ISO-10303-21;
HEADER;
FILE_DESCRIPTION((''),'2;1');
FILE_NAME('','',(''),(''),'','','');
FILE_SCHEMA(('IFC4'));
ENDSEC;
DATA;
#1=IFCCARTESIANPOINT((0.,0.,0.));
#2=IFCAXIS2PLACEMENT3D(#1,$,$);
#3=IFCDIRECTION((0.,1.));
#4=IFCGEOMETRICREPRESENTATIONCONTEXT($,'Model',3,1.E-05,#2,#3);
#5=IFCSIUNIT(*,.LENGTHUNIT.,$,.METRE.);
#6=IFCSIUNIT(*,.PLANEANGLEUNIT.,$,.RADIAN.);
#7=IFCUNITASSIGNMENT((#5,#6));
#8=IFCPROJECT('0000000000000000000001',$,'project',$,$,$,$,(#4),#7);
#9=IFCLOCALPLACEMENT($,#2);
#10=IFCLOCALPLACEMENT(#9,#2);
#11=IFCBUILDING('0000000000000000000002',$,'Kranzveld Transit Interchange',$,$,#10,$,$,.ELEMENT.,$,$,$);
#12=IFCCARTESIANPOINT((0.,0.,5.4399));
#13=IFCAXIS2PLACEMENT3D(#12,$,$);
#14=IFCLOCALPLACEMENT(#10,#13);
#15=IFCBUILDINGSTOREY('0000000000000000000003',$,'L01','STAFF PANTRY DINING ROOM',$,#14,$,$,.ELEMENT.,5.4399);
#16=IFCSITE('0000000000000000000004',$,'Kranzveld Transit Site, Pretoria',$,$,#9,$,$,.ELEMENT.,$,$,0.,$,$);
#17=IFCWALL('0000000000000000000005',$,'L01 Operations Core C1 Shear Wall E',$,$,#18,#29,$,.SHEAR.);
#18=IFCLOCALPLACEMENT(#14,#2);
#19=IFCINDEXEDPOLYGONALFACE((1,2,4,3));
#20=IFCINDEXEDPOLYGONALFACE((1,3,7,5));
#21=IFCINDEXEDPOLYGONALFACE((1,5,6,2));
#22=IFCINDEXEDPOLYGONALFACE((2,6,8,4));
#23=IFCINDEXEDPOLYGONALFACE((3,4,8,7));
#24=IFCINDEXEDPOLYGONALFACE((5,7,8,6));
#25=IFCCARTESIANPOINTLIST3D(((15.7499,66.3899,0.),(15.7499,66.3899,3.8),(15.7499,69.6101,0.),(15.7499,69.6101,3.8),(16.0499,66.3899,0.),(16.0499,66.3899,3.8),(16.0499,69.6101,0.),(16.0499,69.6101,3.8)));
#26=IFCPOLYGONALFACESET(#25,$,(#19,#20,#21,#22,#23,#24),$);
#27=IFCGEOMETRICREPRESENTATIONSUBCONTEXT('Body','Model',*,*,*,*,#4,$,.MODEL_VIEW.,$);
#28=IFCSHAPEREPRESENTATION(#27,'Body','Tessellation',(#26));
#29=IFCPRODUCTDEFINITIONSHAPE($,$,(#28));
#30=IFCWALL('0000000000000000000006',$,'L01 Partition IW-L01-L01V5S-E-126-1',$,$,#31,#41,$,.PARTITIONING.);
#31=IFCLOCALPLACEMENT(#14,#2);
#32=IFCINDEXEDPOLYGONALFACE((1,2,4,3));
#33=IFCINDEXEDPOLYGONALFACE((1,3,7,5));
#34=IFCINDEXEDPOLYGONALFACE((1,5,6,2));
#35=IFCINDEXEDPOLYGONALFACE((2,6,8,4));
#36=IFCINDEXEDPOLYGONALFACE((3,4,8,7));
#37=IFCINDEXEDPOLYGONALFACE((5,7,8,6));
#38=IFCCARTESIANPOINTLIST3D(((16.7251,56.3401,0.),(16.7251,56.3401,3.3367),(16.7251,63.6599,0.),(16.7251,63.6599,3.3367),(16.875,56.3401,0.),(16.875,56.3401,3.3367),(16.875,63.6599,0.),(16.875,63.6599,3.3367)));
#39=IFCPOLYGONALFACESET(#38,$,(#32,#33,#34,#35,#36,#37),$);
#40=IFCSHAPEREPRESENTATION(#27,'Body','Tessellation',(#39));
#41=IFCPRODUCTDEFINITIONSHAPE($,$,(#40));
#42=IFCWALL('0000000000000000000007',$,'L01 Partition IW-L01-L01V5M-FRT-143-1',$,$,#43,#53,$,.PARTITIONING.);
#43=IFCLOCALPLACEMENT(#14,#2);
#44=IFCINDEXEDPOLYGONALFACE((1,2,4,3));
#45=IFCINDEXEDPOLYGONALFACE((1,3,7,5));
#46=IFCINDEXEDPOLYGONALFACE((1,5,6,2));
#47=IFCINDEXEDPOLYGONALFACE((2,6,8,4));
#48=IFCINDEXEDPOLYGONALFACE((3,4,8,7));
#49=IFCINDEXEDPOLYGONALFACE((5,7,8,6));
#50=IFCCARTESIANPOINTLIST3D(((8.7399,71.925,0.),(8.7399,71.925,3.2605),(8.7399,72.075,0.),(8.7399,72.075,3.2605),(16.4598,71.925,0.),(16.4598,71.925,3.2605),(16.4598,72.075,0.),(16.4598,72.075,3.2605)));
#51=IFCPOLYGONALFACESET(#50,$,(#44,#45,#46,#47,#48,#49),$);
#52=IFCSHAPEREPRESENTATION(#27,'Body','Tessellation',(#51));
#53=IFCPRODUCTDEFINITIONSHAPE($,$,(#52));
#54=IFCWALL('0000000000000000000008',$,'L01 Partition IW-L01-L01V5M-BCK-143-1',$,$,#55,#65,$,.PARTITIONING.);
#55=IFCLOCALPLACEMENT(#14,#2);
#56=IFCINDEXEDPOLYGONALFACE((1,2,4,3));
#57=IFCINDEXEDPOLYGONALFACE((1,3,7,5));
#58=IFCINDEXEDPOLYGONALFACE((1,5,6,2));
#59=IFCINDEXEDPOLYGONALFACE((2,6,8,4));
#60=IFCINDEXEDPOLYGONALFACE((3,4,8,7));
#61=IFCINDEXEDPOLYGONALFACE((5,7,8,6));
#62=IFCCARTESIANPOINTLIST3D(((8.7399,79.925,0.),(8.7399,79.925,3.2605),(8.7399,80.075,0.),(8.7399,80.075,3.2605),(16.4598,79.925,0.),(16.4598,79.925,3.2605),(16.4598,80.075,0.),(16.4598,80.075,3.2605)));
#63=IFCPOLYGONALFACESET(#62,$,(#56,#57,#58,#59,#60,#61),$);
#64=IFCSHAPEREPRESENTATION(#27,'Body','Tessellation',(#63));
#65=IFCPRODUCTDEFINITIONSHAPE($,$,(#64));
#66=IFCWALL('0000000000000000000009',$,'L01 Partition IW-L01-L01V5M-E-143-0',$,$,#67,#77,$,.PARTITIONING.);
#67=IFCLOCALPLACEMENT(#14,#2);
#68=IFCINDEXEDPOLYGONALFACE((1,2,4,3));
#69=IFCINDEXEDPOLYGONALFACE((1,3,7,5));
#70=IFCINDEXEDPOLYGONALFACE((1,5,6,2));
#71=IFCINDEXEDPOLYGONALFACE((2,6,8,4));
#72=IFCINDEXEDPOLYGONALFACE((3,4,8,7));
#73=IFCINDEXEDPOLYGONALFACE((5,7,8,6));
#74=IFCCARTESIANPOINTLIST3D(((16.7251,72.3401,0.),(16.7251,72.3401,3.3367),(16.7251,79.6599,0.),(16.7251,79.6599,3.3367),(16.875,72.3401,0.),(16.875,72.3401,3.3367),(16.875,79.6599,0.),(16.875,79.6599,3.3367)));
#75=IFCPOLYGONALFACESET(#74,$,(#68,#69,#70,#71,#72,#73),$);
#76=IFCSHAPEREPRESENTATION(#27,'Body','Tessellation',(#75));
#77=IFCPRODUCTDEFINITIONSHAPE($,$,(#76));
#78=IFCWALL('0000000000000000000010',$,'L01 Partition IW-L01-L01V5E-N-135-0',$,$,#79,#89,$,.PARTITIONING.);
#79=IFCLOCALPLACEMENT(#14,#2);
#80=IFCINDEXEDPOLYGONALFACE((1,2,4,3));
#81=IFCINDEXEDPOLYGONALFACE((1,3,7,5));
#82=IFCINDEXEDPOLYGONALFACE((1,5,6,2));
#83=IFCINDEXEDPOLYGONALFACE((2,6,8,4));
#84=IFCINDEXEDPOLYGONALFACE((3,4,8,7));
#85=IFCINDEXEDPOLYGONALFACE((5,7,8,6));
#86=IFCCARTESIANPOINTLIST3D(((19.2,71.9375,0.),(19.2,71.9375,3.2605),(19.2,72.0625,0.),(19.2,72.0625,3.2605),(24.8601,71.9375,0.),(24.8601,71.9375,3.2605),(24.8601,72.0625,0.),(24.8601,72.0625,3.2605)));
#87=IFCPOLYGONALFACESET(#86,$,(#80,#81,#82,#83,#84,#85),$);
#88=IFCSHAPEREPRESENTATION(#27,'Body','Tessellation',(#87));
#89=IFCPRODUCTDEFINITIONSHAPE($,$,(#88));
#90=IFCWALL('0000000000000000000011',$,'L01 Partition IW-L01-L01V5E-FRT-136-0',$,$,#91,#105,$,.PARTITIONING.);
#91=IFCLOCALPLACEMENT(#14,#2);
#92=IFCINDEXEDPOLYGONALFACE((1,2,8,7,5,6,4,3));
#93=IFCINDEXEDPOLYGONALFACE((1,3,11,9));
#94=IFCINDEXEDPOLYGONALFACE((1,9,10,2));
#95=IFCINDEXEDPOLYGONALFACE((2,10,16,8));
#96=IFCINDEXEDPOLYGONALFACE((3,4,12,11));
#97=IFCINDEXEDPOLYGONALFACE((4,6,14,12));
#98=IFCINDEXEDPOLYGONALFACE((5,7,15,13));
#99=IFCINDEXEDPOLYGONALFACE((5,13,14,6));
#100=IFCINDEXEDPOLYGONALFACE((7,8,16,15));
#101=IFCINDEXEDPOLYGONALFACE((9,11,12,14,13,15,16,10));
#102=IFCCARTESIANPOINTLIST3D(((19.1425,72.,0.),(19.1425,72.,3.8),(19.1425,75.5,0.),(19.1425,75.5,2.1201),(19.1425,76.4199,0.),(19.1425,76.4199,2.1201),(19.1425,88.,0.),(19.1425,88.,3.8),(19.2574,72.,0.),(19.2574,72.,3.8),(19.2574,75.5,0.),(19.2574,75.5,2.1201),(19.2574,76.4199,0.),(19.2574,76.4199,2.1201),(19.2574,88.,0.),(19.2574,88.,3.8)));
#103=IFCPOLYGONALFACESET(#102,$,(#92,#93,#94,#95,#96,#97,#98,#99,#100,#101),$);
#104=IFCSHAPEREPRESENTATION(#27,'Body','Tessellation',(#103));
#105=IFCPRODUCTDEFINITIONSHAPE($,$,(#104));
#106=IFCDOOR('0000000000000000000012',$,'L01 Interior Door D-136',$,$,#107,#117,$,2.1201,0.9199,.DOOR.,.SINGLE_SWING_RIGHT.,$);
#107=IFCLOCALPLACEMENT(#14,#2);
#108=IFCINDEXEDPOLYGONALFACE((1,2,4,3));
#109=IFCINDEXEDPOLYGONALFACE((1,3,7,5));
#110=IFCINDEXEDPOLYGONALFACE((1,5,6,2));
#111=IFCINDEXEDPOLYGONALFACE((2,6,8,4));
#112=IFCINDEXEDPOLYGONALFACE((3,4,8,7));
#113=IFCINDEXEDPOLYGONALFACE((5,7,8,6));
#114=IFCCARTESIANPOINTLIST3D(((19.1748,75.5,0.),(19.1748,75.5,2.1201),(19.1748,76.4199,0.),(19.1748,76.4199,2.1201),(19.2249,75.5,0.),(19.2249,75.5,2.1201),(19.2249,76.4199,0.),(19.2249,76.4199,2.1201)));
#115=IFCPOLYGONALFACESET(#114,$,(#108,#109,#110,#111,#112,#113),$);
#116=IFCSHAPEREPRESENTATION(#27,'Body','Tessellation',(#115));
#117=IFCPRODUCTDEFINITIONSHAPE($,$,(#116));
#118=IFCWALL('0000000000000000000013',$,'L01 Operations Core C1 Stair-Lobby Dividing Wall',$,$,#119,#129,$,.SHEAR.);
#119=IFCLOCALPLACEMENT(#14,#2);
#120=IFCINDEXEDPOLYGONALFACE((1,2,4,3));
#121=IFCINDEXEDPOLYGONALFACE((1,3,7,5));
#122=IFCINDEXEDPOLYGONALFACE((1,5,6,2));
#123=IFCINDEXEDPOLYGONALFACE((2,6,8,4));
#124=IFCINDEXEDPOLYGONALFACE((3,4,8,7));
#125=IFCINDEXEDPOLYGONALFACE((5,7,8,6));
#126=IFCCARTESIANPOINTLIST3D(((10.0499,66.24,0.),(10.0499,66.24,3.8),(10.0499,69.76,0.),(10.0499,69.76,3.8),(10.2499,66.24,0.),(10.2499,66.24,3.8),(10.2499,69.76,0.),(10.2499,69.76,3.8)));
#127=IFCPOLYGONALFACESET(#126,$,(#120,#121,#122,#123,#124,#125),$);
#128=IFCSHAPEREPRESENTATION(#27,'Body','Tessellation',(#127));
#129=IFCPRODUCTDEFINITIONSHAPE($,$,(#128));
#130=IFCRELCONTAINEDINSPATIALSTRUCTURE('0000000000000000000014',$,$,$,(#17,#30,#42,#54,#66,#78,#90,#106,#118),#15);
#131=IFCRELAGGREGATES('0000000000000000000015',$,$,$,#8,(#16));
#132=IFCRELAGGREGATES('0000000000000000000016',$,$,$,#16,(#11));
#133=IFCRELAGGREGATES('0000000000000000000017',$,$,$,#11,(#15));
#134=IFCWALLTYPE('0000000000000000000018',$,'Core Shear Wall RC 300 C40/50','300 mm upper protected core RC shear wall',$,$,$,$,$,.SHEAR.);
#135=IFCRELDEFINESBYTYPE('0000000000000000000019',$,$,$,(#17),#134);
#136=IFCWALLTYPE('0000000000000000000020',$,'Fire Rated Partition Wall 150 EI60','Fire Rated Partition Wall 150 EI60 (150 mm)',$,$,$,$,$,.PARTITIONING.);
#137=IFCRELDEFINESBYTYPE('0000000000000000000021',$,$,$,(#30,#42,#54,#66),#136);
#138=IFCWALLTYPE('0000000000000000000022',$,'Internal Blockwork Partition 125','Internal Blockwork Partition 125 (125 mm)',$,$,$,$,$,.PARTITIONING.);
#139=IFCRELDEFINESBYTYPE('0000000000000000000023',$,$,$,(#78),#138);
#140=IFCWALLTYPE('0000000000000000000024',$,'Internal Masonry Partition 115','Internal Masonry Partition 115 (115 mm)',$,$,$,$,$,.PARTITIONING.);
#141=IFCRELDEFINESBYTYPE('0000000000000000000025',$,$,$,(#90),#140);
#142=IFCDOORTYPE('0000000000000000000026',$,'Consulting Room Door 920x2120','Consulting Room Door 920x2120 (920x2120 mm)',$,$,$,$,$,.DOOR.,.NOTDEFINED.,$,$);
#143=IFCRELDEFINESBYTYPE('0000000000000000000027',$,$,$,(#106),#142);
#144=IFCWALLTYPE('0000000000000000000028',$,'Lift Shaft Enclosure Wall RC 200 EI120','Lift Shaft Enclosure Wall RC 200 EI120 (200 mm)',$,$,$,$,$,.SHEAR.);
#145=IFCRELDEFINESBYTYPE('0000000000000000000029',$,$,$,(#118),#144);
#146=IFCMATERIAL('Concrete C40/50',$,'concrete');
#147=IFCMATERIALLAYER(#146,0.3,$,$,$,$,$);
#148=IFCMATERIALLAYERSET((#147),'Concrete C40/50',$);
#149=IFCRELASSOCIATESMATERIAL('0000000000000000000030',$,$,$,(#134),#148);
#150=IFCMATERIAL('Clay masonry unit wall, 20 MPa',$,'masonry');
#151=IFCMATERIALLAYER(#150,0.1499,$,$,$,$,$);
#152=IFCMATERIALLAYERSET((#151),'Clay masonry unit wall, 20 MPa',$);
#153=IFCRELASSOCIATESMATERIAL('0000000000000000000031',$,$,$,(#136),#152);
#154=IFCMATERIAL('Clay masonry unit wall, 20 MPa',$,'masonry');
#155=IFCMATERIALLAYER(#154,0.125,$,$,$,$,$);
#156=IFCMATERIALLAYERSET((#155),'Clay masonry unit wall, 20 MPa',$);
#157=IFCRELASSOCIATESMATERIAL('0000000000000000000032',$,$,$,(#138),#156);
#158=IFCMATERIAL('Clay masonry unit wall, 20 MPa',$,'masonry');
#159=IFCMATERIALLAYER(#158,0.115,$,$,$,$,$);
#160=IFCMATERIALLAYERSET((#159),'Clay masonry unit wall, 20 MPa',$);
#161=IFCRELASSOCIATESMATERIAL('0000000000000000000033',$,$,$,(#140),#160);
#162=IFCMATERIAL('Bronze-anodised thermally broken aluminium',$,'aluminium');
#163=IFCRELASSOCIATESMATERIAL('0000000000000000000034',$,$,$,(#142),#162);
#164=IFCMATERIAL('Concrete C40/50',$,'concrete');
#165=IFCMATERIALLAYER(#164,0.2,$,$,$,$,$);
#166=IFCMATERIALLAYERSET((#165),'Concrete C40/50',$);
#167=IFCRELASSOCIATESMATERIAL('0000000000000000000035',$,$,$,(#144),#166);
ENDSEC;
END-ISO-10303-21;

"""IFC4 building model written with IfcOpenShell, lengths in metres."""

from ifc_helpers import new_model, si_unit, direction, frame, frame_2d, origin, place, context, subcontext, project, spatial, rectangle, extrude, material, layer, layer_set, type_object, element, fill, save


model = new_model("IFC4")

# Units and contexts
model_context = context("Model", 3, precision=1e-05, world=origin(), true_north=direction((0.0, 1.0)))
body_context = subcontext(model_context, "Body", "Model", "MODEL_VIEW")
ifc_project = project(units=[si_unit("LENGTHUNIT", "METRE"), si_unit("PLANEANGLEUNIT", "RADIAN")], contexts=[model_context])

# Site, building, storey
site_placement = place(None, origin())
site = spatial("IfcSite", under=ifc_project, at=site_placement, Name="Kranzveld Transit Site, Pretoria", CompositionType="ELEMENT", RefElevation=0.0)
building_placement = place(site_placement, origin())
building = spatial("IfcBuilding", under=site, at=building_placement, Name="Kranzveld Transit Interchange", CompositionType="ELEMENT")
storey_placement = place(building_placement, frame((0.0, 0.0, 5.4399)))
storey = spatial("IfcBuildingStorey", under=building, at=storey_placement, Name="L01", Description="STAFF PANTRY DINING ROOM", CompositionType="ELEMENT", Elevation=5.4399)

# Walls
ifc_material_1 = material(Name="Concrete C40/50", Category="concrete")
ifc_layer_1 = layer(ifc_material_1, 0.3)
ifc_layer_set_1 = layer_set([ifc_layer_1], Name="Concrete C40/50")
wall_type_1 = type_object("IfcWallType", Name="Core Shear Wall RC 300 C40/50", Description="300 mm upper protected core RC shear wall", PredefinedType="SHEAR", material=ifc_layer_set_1)
wall_1_placement = place(storey_placement, frame((15.8999, 66.3899, 0.0), z_axis=(0.0, 0.0, 1.0), x_axis=(0.0, 1.0, 0.0)))
element("IfcWall", 1, at=wall_1_placement, inside=storey, type_object=wall_type_1, Name="L01 Operations Core C1 Shear Wall E", PredefinedType="SHEAR", context=body_context, shape_type="SweptSolid", body=[
    extrude(rectangle(XDim=3.2202, YDim=0.3, at=frame_2d((1.6101, 0.0))), origin(), (0.0, 0.0, 1.0), 3.8),
])
ifc_material_2 = material(Name="Clay masonry unit wall, 20 MPa", Category="masonry")
ifc_layer_2 = layer(ifc_material_2, 0.1499)
ifc_layer_set_2 = layer_set([ifc_layer_2], Name="Clay masonry unit wall, 20 MPa")
wall_type_2 = type_object("IfcWallType", Name="Fire Rated Partition Wall 150 EI60", Description="Fire Rated Partition Wall 150 EI60 (150 mm)", PredefinedType="PARTITIONING", material=ifc_layer_set_2)
wall_2_placement = place(storey_placement, frame((16.8, 56.3401, 0.0), z_axis=(0.0, 0.0, 1.0), x_axis=(0.0, 1.0, 0.0)))
element("IfcWall", 2, at=wall_2_placement, inside=storey, type_object=wall_type_2, Name="L01 Partition IW-L01-L01V5S-E-126-1", PredefinedType="PARTITIONING", context=body_context, shape_type="SweptSolid", body=[
    extrude(rectangle(XDim=7.3198, YDim=0.1499, at=frame_2d((3.6599, 0.0))), origin(), (0.0, 0.0, 1.0), 3.3367),
])
for number, where, z_axis, x_axis, name in (
    (3, (8.74, 72.0, 0.0), (0.0, 0.0, 1.0), (1.0, 0.0, 0.0), "L01 Partition IW-L01-L01V5M-FRT-143-1"),
    (4, (8.74, 80.0, 0.0), (0.0, 0.0, 1.0), (1.0, 0.0, 0.0), "L01 Partition IW-L01-L01V5M-BCK-143-1"),
):
    element("IfcWall", number, at=place(storey_placement, frame(where, z_axis=z_axis, x_axis=x_axis)), inside=storey, type_object=wall_type_2, Name=name, PredefinedType="PARTITIONING", context=body_context, shape_type="SweptSolid", body=[
        extrude(rectangle(XDim=7.72, YDim=0.1499, at=frame_2d((3.8599, 0.0))), origin(), (0.0, 0.0, 1.0), 3.2605),
    ])
wall_3_placement = place(storey_placement, frame((16.8, 72.3401, 0.0), z_axis=(0.0, 0.0, 1.0), x_axis=(0.0, 1.0, 0.0)))
element("IfcWall", 5, at=wall_3_placement, inside=storey, type_object=wall_type_2, Name="L01 Partition IW-L01-L01V5M-E-143-0", PredefinedType="PARTITIONING", context=body_context, shape_type="SweptSolid", body=[
    extrude(rectangle(XDim=7.3198, YDim=0.1499, at=frame_2d((3.6599, 0.0))), origin(), (0.0, 0.0, 1.0), 3.3367),
])
ifc_material_3 = material(Name="Clay masonry unit wall, 20 MPa", Category="masonry")
ifc_layer_3 = layer(ifc_material_3, 0.125)
ifc_layer_set_3 = layer_set([ifc_layer_3], Name="Clay masonry unit wall, 20 MPa")
wall_type_3 = type_object("IfcWallType", Name="Internal Blockwork Partition 125", Description="Internal Blockwork Partition 125 (125 mm)", PredefinedType="PARTITIONING", material=ifc_layer_set_3)
wall_4_placement = place(storey_placement, frame((19.2, 72.0, 0.0), z_axis=(0.0, 0.0, 1.0), x_axis=(1.0, 0.0, 0.0)))
element("IfcWall", 6, at=wall_4_placement, inside=storey, type_object=wall_type_3, Name="L01 Partition IW-L01-L01V5E-N-135-0", PredefinedType="PARTITIONING", context=body_context, shape_type="SweptSolid", body=[
    extrude(rectangle(XDim=5.6602, YDim=0.125, at=frame_2d((2.8301, 0.0))), origin(), (0.0, 0.0, 1.0), 3.2605),
])

# Wall, opening, door
ifc_material_4 = material(Name="Clay masonry unit wall, 20 MPa", Category="masonry")
ifc_layer_4 = layer(ifc_material_4, 0.115)
ifc_layer_set_4 = layer_set([ifc_layer_4], Name="Clay masonry unit wall, 20 MPa")
wall_type_4 = type_object("IfcWallType", Name="Internal Masonry Partition 115", Description="Internal Masonry Partition 115 (115 mm)", PredefinedType="PARTITIONING", material=ifc_layer_set_4)
wall_5_placement = place(storey_placement, frame((19.2, 72.0, 0.0), z_axis=(0.0, 0.0, 1.0), x_axis=(0.0, 1.0, 0.0)))
wall_5 = element("IfcWall", 7, at=wall_5_placement, inside=storey, type_object=wall_type_4, Name="L01 Partition IW-L01-L01V5E-FRT-136-0", PredefinedType="PARTITIONING", context=body_context, shape_type="SweptSolid", body=[
    extrude(rectangle(XDim=16.0, YDim=0.115, at=frame_2d((8.0, 0.0))), origin(), (0.0, 0.0, 1.0), 3.8),
])
opening_1_placement = place(wall_5_placement, frame((4.4199, 0.0, 0.0), z_axis=(0.0, 0.0, 1.0), x_axis=(-1.0, 0.0, 0.0)))
opening_1 = element("IfcOpeningElement", 8, at=opening_1_placement, cuts=wall_5, PredefinedType="OPENING", context=body_context, shape_type="SweptSolid", body=[
    extrude(rectangle(XDim=0.9199, YDim=2.1201, at=frame_2d((0.46, 1.0601))), frame((0.0, 0.0674, 0.0), z_axis=(0.0, -1.0, 0.0), x_axis=(1.0, 0.0, 0.0)), (0.0, 0.0, 1.0), 0.135),
])
ifc_material_5 = material(Name="Bronze-anodised thermally broken aluminium", Category="aluminium")
door_type_1 = type_object("IfcDoorType", Name="Consulting Room Door 920x2120", Description="Consulting Room Door 920x2120 (920x2120 mm)", OperationType="NOTDEFINED", PredefinedType="DOOR", material=ifc_material_5)
door_1_placement = place(opening_1_placement, origin())
door_1 = element("IfcDoor", 9, at=door_1_placement, inside=storey, type_object=door_type_1, Name="L01 Interior Door D-136", OperationType="SINGLE_SWING_RIGHT", OverallHeight=2.1201, OverallWidth=0.9199, PredefinedType="DOOR", context=body_context, shape_type="SweptSolid", body=[
    extrude(rectangle(XDim=0.9199, YDim=2.1201, at=frame_2d((0.46, 1.0601))), frame((0.0, 0.0249, 0.0), z_axis=(0.0, -1.0, 0.0), x_axis=(1.0, 0.0, 0.0)), (0.0, 0.0, 1.0), 0.05),
])
fill(opening_1, door_1)

# Wall
ifc_material_6 = material(Name="Concrete C40/50", Category="concrete")
ifc_layer_5 = layer(ifc_material_6, 0.2)
ifc_layer_set_5 = layer_set([ifc_layer_5], Name="Concrete C40/50")
wall_type_5 = type_object("IfcWallType", Name="Lift Shaft Enclosure Wall RC 200 EI120", Description="Lift Shaft Enclosure Wall RC 200 EI120 (200 mm)", PredefinedType="SHEAR", material=ifc_layer_set_5)
wall_6_placement = place(storey_placement, frame((10.1499, 66.24, 0.0), z_axis=(0.0, 0.0, 1.0), x_axis=(0.0, 1.0, 0.0)))
element("IfcWall", 10, at=wall_6_placement, inside=storey, type_object=wall_type_5, Name="L01 Operations Core C1 Stair-Lobby Dividing Wall", PredefinedType="SHEAR", context=body_context, shape_type="SweptSolid", body=[
    extrude(rectangle(XDim=3.52, YDim=0.2, at=frame_2d((1.76, 0.0))), origin(), (0.0, 0.0, 1.0), 3.8),
])

save(model, "model.ifc")
